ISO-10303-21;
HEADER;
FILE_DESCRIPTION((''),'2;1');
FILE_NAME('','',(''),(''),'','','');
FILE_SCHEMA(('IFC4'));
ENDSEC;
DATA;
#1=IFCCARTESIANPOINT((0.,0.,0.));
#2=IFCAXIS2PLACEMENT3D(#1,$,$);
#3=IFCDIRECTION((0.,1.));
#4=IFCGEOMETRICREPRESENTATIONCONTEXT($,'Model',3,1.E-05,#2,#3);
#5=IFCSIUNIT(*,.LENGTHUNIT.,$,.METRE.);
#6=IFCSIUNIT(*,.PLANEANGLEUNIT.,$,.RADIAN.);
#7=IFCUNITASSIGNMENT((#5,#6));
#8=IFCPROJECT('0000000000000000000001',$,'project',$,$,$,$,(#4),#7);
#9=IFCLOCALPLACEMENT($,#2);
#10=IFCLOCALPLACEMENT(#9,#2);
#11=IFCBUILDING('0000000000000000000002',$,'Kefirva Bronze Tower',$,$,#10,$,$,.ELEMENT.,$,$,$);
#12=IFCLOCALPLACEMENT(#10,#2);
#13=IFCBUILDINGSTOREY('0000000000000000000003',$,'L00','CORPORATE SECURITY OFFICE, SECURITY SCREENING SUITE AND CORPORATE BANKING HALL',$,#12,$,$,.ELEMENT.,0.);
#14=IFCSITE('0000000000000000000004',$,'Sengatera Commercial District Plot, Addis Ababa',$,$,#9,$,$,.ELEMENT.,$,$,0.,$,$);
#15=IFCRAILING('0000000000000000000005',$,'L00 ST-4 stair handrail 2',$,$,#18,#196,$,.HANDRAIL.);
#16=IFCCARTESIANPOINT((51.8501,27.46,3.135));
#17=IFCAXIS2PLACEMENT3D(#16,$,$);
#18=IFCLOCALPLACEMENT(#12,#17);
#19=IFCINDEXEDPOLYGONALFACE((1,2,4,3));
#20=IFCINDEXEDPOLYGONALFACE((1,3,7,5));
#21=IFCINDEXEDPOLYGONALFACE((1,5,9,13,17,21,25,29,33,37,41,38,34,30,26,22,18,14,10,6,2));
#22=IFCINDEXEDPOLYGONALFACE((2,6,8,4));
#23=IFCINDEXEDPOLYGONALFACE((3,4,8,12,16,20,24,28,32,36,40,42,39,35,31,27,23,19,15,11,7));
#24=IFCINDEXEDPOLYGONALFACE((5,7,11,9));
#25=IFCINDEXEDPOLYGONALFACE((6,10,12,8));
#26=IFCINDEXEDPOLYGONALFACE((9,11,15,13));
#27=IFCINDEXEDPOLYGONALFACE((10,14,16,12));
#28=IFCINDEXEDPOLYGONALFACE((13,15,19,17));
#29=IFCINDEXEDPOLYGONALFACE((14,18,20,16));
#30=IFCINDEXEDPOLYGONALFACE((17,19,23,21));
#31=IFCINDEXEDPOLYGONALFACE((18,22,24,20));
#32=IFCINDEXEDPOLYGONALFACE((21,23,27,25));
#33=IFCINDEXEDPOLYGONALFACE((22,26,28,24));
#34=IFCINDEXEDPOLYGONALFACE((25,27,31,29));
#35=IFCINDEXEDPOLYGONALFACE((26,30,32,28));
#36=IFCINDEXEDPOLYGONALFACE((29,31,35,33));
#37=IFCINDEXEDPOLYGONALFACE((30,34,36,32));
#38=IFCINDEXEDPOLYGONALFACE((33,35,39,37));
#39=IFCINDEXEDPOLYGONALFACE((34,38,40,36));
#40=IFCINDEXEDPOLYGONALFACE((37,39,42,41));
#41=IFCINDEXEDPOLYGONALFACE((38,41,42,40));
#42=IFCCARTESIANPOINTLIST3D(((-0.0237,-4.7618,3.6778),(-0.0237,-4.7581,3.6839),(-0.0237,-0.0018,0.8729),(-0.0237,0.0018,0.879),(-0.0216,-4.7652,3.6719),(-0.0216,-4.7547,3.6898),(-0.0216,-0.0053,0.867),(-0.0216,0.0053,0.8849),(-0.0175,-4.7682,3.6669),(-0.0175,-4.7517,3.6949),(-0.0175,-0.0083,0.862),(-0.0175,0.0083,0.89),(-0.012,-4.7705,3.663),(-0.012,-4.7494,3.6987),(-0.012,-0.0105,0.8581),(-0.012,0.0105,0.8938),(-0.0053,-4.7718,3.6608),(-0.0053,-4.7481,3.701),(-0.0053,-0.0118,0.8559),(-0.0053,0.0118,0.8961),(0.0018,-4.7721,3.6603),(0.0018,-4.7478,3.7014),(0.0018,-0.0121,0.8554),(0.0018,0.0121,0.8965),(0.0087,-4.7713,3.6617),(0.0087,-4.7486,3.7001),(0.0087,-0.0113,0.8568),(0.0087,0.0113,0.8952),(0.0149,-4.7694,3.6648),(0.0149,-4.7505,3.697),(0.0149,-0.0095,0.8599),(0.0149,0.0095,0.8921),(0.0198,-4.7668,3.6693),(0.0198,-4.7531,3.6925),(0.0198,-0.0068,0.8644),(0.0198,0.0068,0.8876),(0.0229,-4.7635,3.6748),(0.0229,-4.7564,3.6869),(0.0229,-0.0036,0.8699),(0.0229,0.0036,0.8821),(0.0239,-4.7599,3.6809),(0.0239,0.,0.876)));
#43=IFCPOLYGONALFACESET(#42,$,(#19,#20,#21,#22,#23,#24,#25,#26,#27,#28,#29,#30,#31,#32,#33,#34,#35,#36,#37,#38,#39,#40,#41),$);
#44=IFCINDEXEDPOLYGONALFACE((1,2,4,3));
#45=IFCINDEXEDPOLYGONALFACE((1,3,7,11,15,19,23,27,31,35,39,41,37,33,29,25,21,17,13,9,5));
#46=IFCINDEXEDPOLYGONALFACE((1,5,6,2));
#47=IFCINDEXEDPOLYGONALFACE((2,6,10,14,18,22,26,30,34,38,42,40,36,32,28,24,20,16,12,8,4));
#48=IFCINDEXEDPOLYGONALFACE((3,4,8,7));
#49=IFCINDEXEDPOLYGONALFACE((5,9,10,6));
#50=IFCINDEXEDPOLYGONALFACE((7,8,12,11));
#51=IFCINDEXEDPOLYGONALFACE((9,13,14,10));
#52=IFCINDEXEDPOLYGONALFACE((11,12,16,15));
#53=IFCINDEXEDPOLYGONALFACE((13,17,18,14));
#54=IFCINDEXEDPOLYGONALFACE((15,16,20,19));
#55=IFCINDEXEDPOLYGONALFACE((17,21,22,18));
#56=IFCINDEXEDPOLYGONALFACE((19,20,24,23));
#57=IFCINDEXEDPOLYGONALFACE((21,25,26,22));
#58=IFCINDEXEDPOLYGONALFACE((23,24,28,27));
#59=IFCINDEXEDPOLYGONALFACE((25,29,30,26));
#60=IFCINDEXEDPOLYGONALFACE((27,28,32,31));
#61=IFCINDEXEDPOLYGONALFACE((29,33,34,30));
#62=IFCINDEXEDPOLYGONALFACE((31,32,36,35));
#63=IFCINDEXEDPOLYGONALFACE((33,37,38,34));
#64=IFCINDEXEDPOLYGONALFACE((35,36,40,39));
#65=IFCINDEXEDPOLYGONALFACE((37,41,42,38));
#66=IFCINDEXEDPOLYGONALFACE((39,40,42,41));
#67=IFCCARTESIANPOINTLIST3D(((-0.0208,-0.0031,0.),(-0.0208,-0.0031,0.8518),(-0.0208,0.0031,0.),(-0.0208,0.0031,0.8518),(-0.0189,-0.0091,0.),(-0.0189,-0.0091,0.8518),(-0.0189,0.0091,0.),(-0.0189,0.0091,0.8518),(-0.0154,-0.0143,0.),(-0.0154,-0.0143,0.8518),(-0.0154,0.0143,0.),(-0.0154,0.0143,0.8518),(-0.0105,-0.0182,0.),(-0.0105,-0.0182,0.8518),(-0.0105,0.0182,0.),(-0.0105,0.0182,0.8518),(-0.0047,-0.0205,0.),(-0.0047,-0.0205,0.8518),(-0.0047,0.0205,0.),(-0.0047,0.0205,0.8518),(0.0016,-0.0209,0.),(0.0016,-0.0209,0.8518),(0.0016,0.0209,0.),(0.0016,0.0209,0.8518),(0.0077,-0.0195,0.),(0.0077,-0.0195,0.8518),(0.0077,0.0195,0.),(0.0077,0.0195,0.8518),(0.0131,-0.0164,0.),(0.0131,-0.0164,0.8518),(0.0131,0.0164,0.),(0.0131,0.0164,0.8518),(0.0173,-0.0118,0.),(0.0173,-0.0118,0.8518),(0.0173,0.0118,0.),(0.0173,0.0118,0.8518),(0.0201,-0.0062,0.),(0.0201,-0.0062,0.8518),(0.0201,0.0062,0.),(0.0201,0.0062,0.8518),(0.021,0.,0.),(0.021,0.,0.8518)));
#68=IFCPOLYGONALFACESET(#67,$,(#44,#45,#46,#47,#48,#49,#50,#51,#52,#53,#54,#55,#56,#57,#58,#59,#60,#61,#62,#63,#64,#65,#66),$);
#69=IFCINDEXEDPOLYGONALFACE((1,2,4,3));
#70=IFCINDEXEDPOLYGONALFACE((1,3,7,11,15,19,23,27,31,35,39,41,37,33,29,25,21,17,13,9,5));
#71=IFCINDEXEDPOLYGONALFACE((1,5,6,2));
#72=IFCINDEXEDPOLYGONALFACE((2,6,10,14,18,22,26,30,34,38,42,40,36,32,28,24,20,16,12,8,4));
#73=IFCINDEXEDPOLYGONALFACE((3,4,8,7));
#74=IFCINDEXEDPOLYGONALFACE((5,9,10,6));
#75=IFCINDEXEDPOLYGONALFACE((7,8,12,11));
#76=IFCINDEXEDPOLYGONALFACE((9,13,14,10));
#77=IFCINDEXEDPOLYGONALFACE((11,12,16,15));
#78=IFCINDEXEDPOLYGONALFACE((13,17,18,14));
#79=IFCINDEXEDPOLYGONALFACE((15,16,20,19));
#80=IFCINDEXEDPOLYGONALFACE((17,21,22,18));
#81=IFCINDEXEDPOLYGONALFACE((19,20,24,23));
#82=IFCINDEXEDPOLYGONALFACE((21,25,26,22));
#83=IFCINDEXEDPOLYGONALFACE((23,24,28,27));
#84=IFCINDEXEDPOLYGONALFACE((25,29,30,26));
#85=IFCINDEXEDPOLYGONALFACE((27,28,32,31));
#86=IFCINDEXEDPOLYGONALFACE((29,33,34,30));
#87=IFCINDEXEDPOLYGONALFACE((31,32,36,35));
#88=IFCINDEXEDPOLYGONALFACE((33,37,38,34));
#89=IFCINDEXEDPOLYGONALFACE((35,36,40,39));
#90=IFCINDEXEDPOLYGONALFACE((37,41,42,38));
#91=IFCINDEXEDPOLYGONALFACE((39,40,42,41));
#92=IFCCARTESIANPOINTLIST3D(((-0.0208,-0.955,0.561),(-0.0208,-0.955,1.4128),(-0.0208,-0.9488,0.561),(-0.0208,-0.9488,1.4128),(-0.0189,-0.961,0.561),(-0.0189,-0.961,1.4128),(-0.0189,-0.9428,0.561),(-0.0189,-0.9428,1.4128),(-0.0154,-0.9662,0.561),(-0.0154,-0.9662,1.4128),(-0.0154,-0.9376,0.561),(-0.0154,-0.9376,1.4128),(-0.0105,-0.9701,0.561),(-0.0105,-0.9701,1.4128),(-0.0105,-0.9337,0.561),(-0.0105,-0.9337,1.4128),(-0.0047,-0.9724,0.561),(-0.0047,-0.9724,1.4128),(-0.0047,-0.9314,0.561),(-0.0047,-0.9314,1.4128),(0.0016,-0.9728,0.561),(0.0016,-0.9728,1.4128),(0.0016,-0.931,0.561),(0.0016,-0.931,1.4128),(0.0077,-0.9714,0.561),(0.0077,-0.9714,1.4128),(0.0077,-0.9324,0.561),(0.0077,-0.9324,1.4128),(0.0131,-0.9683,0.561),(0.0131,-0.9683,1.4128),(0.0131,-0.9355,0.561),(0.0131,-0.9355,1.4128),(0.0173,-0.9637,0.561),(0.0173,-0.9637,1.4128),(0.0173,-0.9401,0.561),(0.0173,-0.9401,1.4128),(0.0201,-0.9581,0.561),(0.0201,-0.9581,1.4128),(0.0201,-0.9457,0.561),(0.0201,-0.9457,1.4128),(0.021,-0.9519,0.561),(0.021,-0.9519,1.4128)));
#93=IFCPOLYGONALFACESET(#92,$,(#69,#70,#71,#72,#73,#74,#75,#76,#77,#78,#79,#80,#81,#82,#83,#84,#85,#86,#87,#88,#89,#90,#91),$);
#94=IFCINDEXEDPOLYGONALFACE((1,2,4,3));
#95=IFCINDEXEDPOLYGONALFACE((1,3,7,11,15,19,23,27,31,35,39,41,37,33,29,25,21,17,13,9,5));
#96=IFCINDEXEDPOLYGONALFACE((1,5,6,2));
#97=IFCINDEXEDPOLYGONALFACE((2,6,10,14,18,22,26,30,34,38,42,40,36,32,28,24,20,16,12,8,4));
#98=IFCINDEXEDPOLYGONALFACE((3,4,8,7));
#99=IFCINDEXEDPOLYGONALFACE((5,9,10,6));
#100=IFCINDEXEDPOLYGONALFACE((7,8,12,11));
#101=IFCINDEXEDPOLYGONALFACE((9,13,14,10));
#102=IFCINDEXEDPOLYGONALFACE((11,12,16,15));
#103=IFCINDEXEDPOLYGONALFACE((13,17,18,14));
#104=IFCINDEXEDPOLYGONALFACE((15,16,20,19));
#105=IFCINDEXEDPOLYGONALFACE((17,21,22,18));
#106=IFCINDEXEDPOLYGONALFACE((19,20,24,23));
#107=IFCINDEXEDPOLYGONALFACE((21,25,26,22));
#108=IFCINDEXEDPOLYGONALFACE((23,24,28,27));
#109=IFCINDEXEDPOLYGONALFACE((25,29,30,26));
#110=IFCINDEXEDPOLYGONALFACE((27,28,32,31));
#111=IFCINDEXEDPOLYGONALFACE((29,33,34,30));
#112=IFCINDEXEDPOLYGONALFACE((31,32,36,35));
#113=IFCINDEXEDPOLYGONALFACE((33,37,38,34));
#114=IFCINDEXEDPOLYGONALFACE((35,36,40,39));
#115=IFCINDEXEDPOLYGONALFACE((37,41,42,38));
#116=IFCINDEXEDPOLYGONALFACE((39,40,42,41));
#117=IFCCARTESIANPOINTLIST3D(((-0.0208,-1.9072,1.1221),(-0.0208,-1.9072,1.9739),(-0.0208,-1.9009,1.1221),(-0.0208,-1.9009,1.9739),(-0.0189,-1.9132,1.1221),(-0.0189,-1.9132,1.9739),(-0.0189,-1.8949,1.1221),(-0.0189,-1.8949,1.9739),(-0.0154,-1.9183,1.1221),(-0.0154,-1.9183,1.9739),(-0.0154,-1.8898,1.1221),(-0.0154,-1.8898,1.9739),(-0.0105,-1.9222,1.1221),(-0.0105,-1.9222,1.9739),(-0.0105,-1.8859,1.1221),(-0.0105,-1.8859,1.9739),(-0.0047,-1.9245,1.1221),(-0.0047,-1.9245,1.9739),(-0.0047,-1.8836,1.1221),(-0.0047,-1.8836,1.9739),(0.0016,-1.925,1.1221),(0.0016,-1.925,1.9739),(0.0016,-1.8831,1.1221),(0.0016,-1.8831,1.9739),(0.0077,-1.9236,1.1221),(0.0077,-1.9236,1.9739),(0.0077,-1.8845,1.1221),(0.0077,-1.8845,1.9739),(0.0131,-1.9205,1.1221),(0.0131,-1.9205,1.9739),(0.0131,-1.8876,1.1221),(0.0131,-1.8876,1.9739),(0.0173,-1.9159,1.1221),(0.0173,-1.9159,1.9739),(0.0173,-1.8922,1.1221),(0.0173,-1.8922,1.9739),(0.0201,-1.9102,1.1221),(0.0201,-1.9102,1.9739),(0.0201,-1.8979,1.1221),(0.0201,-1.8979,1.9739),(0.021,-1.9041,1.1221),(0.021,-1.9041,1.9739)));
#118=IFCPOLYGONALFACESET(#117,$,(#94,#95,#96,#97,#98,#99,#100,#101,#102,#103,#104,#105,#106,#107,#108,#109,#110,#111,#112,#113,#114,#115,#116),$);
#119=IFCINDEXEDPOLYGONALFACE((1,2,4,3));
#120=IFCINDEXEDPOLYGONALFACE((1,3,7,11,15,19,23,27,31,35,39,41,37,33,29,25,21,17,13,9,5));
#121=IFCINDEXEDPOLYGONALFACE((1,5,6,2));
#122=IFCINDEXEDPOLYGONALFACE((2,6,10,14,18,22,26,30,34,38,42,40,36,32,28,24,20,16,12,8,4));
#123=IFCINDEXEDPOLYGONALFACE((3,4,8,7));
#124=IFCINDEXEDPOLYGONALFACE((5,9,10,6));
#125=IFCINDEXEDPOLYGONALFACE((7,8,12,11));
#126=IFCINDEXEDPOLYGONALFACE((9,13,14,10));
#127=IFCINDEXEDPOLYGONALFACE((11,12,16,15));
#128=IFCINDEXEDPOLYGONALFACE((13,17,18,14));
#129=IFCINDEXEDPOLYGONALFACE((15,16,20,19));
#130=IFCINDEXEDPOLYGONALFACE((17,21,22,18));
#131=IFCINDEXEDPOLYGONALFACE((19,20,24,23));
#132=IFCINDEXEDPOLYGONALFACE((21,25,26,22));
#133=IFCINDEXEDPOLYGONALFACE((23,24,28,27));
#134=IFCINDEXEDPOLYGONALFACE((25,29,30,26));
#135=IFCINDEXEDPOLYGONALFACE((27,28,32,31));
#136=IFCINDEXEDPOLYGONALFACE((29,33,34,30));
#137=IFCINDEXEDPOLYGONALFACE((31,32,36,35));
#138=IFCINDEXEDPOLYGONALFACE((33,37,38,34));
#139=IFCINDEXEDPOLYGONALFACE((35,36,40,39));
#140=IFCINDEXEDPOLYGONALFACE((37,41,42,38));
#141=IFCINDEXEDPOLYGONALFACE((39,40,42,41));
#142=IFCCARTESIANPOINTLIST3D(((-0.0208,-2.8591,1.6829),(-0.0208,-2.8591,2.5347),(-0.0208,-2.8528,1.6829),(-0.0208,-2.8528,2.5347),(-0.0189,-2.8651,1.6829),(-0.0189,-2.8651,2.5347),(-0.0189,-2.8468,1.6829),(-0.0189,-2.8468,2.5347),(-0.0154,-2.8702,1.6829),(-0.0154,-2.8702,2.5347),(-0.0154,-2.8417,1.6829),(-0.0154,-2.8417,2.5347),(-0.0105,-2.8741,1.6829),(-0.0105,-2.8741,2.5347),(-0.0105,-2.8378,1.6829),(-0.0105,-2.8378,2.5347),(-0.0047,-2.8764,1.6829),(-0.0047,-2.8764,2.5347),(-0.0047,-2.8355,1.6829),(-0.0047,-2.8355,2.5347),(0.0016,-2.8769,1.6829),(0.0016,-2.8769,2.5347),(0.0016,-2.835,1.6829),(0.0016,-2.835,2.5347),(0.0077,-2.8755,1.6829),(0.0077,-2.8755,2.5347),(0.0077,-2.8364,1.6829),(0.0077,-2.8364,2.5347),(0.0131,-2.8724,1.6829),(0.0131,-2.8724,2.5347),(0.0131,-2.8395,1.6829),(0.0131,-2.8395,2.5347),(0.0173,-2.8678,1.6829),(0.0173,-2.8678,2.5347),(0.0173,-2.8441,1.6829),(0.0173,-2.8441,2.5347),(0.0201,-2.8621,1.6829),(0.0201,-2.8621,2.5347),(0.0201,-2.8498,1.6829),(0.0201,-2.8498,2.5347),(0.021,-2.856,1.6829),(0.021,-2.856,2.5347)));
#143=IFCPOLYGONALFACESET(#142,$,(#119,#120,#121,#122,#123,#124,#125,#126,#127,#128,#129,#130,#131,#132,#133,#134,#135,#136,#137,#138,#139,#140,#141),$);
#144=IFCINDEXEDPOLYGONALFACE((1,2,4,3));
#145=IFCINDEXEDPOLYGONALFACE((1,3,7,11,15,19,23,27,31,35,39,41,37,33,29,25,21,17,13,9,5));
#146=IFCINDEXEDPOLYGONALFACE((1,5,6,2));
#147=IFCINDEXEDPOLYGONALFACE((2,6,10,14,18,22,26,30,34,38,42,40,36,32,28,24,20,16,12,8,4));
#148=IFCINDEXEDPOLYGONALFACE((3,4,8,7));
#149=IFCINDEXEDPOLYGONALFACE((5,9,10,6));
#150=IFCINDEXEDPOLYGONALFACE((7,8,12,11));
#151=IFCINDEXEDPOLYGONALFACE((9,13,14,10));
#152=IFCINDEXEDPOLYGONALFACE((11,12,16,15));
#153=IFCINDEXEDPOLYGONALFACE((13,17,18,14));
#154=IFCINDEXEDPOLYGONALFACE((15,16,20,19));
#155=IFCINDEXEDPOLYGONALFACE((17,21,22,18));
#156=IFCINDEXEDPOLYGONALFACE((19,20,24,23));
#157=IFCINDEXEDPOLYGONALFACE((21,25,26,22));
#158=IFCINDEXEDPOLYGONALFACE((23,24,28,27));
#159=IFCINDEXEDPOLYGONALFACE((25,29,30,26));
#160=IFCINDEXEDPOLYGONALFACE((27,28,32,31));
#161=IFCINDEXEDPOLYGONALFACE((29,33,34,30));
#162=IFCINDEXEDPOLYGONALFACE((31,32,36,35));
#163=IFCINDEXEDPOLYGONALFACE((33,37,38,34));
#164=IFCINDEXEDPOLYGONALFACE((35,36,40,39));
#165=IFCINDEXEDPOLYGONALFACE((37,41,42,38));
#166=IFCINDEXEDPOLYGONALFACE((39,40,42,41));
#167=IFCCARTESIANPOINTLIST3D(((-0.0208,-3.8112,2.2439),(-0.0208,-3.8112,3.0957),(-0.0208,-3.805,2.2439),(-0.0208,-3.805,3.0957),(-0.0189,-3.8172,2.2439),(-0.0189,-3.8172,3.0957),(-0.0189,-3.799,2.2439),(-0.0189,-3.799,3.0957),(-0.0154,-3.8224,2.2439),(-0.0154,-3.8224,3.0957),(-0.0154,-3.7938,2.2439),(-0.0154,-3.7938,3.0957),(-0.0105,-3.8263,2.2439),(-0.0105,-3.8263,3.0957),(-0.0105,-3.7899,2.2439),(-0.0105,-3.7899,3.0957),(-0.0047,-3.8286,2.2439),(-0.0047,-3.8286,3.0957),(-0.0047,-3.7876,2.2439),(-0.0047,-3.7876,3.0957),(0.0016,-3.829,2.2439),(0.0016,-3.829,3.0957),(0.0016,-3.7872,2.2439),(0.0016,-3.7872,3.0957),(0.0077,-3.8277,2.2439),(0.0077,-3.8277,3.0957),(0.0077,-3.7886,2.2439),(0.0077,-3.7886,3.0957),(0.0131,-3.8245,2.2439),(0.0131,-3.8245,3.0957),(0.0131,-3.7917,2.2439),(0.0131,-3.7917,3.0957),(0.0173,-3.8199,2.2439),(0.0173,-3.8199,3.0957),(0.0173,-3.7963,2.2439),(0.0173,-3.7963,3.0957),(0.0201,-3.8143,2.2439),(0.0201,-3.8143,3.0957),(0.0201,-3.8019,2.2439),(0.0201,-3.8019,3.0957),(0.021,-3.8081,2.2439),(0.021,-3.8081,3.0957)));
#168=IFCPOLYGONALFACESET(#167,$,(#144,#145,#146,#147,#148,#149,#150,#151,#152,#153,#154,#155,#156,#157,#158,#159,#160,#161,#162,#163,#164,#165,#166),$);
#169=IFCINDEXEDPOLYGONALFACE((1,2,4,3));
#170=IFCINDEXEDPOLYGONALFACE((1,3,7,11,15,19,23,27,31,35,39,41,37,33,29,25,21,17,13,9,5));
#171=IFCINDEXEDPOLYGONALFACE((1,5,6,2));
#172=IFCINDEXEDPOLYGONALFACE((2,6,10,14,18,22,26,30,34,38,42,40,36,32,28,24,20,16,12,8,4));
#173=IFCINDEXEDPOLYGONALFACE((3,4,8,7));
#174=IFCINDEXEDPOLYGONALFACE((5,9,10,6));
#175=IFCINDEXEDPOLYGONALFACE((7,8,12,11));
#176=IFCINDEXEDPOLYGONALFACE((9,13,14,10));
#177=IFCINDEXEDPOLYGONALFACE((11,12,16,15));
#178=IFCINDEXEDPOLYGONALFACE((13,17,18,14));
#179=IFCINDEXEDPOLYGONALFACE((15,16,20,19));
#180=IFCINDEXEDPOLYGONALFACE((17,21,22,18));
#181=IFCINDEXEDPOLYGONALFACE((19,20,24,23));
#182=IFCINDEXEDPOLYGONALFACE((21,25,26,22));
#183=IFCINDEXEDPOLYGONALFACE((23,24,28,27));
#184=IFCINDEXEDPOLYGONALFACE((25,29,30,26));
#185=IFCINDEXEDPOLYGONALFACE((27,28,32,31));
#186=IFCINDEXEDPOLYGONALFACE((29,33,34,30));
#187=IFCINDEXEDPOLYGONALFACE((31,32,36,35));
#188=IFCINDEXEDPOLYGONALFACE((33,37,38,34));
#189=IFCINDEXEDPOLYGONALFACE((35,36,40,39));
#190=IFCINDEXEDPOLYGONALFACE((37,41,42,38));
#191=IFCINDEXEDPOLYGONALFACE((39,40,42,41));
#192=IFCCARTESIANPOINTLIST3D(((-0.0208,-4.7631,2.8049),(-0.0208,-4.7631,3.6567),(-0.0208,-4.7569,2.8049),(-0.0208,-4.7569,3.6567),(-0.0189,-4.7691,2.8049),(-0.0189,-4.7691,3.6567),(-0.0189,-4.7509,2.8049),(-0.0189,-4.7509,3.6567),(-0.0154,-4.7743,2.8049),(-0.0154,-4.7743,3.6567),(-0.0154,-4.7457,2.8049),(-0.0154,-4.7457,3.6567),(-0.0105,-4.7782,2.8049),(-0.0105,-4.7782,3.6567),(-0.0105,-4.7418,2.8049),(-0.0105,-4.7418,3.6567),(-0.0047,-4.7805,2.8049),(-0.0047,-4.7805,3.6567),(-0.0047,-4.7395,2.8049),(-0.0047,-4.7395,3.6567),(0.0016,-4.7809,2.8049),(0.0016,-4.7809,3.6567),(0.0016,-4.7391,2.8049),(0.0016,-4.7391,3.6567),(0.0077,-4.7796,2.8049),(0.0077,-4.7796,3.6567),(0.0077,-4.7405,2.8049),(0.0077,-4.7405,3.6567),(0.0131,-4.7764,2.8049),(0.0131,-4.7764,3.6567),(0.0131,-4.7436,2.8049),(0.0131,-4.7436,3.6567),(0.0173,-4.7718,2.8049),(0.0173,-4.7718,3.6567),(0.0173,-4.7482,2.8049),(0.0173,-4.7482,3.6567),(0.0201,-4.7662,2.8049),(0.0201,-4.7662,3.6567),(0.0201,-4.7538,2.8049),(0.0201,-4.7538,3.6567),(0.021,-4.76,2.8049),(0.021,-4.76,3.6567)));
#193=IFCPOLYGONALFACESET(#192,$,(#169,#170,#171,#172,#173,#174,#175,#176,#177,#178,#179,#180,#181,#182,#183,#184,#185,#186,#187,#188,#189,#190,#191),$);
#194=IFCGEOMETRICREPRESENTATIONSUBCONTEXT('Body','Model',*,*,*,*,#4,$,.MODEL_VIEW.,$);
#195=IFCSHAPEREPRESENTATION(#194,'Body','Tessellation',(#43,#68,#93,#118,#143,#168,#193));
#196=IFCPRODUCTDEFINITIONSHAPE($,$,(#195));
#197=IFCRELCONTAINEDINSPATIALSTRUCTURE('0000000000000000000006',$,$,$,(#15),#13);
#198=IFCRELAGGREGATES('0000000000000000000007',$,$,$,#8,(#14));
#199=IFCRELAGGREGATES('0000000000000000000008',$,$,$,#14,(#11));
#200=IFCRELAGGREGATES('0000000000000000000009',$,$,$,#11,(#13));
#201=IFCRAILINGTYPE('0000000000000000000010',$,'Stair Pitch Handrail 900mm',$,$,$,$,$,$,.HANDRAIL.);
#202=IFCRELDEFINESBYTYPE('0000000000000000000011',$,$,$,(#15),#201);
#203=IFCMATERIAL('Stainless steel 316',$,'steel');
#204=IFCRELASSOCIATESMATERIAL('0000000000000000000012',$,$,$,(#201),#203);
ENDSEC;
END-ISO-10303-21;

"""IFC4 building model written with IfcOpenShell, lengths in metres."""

from ifc_helpers import new_model, si_unit, direction, frame, origin, origin_2d, place, context, subcontext, project, spatial, circle, extrude, material, type_object, element, save


model = new_model("IFC4")

# Units and contexts
model_context = context("Model", 3, precision=1e-05, world=origin(), true_north=direction((0.0, 1.0)))
body_context = subcontext(model_context, "Body", "Model", "MODEL_VIEW")
ifc_project = project(units=[si_unit("LENGTHUNIT", "METRE"), si_unit("PLANEANGLEUNIT", "RADIAN")], contexts=[model_context])

# Site, building, storey
site_placement = place(None, origin())
site = spatial("IfcSite", under=ifc_project, at=site_placement, Name="Sengatera Commercial District Plot, Addis Ababa", CompositionType="ELEMENT", RefElevation=0.0)
building_placement = place(site_placement, origin())
building = spatial("IfcBuilding", under=site, at=building_placement, Name="Kefirva Bronze Tower", CompositionType="ELEMENT")
storey_placement = place(building_placement, origin())
storey = spatial("IfcBuildingStorey", under=building, at=storey_placement, Name="L00", Description="CORPORATE SECURITY OFFICE, SECURITY SCREENING SUITE AND CORPORATE BANKING HALL", CompositionType="ELEMENT", Elevation=0.0)

# Railing
ifc_material_1 = material(Name="Stainless steel 316", Category="steel")
railing_type_1 = type_object("IfcRailingType", Name="Stair Pitch Handrail 900mm", PredefinedType="HANDRAIL", material=ifc_material_1)
railing_1_placement = place(storey_placement, frame((51.8501, 27.46, 3.135)))
element("IfcRailing", 1, at=railing_1_placement, inside=storey, type_object=railing_type_1, Name="L00 ST-4 stair handrail 2", PredefinedType="HANDRAIL", context=body_context, shape_type="SweptSolid", body=[
    extrude(circle(Radius=0.0239, at=origin_2d()), frame((0.0, 0.0, 0.876), z_axis=(0.0, -0.861544, 0.507682), x_axis=(1.0, 0.0, 0.0)), (0.0, 0.0, 1.0), 5.5249),
    extrude(circle(Radius=0.021, at=origin_2d()), origin(), (0.0, 0.0, 1.0), 0.8518),
    extrude(circle(Radius=0.021, at=origin_2d()), frame((0.0, -0.9519, 0.561)), (0.0, 0.0, 1.0), 0.8518),
    extrude(circle(Radius=0.021, at=origin_2d()), frame((0.0, -1.9041, 1.1221)), (0.0, 0.0, 1.0), 0.8518),
    extrude(circle(Radius=0.021, at=origin_2d()), frame((0.0, -2.856, 1.6829)), (0.0, 0.0, 1.0), 0.8518),
    extrude(circle(Radius=0.021, at=origin_2d()), frame((0.0, -3.8081, 2.2439)), (0.0, 0.0, 1.0), 0.8518),
    extrude(circle(Radius=0.021, at=origin_2d()), frame((0.0, -4.76, 2.8049)), (0.0, 0.0, 1.0), 0.8518),
])

save(model, "model.ifc")
